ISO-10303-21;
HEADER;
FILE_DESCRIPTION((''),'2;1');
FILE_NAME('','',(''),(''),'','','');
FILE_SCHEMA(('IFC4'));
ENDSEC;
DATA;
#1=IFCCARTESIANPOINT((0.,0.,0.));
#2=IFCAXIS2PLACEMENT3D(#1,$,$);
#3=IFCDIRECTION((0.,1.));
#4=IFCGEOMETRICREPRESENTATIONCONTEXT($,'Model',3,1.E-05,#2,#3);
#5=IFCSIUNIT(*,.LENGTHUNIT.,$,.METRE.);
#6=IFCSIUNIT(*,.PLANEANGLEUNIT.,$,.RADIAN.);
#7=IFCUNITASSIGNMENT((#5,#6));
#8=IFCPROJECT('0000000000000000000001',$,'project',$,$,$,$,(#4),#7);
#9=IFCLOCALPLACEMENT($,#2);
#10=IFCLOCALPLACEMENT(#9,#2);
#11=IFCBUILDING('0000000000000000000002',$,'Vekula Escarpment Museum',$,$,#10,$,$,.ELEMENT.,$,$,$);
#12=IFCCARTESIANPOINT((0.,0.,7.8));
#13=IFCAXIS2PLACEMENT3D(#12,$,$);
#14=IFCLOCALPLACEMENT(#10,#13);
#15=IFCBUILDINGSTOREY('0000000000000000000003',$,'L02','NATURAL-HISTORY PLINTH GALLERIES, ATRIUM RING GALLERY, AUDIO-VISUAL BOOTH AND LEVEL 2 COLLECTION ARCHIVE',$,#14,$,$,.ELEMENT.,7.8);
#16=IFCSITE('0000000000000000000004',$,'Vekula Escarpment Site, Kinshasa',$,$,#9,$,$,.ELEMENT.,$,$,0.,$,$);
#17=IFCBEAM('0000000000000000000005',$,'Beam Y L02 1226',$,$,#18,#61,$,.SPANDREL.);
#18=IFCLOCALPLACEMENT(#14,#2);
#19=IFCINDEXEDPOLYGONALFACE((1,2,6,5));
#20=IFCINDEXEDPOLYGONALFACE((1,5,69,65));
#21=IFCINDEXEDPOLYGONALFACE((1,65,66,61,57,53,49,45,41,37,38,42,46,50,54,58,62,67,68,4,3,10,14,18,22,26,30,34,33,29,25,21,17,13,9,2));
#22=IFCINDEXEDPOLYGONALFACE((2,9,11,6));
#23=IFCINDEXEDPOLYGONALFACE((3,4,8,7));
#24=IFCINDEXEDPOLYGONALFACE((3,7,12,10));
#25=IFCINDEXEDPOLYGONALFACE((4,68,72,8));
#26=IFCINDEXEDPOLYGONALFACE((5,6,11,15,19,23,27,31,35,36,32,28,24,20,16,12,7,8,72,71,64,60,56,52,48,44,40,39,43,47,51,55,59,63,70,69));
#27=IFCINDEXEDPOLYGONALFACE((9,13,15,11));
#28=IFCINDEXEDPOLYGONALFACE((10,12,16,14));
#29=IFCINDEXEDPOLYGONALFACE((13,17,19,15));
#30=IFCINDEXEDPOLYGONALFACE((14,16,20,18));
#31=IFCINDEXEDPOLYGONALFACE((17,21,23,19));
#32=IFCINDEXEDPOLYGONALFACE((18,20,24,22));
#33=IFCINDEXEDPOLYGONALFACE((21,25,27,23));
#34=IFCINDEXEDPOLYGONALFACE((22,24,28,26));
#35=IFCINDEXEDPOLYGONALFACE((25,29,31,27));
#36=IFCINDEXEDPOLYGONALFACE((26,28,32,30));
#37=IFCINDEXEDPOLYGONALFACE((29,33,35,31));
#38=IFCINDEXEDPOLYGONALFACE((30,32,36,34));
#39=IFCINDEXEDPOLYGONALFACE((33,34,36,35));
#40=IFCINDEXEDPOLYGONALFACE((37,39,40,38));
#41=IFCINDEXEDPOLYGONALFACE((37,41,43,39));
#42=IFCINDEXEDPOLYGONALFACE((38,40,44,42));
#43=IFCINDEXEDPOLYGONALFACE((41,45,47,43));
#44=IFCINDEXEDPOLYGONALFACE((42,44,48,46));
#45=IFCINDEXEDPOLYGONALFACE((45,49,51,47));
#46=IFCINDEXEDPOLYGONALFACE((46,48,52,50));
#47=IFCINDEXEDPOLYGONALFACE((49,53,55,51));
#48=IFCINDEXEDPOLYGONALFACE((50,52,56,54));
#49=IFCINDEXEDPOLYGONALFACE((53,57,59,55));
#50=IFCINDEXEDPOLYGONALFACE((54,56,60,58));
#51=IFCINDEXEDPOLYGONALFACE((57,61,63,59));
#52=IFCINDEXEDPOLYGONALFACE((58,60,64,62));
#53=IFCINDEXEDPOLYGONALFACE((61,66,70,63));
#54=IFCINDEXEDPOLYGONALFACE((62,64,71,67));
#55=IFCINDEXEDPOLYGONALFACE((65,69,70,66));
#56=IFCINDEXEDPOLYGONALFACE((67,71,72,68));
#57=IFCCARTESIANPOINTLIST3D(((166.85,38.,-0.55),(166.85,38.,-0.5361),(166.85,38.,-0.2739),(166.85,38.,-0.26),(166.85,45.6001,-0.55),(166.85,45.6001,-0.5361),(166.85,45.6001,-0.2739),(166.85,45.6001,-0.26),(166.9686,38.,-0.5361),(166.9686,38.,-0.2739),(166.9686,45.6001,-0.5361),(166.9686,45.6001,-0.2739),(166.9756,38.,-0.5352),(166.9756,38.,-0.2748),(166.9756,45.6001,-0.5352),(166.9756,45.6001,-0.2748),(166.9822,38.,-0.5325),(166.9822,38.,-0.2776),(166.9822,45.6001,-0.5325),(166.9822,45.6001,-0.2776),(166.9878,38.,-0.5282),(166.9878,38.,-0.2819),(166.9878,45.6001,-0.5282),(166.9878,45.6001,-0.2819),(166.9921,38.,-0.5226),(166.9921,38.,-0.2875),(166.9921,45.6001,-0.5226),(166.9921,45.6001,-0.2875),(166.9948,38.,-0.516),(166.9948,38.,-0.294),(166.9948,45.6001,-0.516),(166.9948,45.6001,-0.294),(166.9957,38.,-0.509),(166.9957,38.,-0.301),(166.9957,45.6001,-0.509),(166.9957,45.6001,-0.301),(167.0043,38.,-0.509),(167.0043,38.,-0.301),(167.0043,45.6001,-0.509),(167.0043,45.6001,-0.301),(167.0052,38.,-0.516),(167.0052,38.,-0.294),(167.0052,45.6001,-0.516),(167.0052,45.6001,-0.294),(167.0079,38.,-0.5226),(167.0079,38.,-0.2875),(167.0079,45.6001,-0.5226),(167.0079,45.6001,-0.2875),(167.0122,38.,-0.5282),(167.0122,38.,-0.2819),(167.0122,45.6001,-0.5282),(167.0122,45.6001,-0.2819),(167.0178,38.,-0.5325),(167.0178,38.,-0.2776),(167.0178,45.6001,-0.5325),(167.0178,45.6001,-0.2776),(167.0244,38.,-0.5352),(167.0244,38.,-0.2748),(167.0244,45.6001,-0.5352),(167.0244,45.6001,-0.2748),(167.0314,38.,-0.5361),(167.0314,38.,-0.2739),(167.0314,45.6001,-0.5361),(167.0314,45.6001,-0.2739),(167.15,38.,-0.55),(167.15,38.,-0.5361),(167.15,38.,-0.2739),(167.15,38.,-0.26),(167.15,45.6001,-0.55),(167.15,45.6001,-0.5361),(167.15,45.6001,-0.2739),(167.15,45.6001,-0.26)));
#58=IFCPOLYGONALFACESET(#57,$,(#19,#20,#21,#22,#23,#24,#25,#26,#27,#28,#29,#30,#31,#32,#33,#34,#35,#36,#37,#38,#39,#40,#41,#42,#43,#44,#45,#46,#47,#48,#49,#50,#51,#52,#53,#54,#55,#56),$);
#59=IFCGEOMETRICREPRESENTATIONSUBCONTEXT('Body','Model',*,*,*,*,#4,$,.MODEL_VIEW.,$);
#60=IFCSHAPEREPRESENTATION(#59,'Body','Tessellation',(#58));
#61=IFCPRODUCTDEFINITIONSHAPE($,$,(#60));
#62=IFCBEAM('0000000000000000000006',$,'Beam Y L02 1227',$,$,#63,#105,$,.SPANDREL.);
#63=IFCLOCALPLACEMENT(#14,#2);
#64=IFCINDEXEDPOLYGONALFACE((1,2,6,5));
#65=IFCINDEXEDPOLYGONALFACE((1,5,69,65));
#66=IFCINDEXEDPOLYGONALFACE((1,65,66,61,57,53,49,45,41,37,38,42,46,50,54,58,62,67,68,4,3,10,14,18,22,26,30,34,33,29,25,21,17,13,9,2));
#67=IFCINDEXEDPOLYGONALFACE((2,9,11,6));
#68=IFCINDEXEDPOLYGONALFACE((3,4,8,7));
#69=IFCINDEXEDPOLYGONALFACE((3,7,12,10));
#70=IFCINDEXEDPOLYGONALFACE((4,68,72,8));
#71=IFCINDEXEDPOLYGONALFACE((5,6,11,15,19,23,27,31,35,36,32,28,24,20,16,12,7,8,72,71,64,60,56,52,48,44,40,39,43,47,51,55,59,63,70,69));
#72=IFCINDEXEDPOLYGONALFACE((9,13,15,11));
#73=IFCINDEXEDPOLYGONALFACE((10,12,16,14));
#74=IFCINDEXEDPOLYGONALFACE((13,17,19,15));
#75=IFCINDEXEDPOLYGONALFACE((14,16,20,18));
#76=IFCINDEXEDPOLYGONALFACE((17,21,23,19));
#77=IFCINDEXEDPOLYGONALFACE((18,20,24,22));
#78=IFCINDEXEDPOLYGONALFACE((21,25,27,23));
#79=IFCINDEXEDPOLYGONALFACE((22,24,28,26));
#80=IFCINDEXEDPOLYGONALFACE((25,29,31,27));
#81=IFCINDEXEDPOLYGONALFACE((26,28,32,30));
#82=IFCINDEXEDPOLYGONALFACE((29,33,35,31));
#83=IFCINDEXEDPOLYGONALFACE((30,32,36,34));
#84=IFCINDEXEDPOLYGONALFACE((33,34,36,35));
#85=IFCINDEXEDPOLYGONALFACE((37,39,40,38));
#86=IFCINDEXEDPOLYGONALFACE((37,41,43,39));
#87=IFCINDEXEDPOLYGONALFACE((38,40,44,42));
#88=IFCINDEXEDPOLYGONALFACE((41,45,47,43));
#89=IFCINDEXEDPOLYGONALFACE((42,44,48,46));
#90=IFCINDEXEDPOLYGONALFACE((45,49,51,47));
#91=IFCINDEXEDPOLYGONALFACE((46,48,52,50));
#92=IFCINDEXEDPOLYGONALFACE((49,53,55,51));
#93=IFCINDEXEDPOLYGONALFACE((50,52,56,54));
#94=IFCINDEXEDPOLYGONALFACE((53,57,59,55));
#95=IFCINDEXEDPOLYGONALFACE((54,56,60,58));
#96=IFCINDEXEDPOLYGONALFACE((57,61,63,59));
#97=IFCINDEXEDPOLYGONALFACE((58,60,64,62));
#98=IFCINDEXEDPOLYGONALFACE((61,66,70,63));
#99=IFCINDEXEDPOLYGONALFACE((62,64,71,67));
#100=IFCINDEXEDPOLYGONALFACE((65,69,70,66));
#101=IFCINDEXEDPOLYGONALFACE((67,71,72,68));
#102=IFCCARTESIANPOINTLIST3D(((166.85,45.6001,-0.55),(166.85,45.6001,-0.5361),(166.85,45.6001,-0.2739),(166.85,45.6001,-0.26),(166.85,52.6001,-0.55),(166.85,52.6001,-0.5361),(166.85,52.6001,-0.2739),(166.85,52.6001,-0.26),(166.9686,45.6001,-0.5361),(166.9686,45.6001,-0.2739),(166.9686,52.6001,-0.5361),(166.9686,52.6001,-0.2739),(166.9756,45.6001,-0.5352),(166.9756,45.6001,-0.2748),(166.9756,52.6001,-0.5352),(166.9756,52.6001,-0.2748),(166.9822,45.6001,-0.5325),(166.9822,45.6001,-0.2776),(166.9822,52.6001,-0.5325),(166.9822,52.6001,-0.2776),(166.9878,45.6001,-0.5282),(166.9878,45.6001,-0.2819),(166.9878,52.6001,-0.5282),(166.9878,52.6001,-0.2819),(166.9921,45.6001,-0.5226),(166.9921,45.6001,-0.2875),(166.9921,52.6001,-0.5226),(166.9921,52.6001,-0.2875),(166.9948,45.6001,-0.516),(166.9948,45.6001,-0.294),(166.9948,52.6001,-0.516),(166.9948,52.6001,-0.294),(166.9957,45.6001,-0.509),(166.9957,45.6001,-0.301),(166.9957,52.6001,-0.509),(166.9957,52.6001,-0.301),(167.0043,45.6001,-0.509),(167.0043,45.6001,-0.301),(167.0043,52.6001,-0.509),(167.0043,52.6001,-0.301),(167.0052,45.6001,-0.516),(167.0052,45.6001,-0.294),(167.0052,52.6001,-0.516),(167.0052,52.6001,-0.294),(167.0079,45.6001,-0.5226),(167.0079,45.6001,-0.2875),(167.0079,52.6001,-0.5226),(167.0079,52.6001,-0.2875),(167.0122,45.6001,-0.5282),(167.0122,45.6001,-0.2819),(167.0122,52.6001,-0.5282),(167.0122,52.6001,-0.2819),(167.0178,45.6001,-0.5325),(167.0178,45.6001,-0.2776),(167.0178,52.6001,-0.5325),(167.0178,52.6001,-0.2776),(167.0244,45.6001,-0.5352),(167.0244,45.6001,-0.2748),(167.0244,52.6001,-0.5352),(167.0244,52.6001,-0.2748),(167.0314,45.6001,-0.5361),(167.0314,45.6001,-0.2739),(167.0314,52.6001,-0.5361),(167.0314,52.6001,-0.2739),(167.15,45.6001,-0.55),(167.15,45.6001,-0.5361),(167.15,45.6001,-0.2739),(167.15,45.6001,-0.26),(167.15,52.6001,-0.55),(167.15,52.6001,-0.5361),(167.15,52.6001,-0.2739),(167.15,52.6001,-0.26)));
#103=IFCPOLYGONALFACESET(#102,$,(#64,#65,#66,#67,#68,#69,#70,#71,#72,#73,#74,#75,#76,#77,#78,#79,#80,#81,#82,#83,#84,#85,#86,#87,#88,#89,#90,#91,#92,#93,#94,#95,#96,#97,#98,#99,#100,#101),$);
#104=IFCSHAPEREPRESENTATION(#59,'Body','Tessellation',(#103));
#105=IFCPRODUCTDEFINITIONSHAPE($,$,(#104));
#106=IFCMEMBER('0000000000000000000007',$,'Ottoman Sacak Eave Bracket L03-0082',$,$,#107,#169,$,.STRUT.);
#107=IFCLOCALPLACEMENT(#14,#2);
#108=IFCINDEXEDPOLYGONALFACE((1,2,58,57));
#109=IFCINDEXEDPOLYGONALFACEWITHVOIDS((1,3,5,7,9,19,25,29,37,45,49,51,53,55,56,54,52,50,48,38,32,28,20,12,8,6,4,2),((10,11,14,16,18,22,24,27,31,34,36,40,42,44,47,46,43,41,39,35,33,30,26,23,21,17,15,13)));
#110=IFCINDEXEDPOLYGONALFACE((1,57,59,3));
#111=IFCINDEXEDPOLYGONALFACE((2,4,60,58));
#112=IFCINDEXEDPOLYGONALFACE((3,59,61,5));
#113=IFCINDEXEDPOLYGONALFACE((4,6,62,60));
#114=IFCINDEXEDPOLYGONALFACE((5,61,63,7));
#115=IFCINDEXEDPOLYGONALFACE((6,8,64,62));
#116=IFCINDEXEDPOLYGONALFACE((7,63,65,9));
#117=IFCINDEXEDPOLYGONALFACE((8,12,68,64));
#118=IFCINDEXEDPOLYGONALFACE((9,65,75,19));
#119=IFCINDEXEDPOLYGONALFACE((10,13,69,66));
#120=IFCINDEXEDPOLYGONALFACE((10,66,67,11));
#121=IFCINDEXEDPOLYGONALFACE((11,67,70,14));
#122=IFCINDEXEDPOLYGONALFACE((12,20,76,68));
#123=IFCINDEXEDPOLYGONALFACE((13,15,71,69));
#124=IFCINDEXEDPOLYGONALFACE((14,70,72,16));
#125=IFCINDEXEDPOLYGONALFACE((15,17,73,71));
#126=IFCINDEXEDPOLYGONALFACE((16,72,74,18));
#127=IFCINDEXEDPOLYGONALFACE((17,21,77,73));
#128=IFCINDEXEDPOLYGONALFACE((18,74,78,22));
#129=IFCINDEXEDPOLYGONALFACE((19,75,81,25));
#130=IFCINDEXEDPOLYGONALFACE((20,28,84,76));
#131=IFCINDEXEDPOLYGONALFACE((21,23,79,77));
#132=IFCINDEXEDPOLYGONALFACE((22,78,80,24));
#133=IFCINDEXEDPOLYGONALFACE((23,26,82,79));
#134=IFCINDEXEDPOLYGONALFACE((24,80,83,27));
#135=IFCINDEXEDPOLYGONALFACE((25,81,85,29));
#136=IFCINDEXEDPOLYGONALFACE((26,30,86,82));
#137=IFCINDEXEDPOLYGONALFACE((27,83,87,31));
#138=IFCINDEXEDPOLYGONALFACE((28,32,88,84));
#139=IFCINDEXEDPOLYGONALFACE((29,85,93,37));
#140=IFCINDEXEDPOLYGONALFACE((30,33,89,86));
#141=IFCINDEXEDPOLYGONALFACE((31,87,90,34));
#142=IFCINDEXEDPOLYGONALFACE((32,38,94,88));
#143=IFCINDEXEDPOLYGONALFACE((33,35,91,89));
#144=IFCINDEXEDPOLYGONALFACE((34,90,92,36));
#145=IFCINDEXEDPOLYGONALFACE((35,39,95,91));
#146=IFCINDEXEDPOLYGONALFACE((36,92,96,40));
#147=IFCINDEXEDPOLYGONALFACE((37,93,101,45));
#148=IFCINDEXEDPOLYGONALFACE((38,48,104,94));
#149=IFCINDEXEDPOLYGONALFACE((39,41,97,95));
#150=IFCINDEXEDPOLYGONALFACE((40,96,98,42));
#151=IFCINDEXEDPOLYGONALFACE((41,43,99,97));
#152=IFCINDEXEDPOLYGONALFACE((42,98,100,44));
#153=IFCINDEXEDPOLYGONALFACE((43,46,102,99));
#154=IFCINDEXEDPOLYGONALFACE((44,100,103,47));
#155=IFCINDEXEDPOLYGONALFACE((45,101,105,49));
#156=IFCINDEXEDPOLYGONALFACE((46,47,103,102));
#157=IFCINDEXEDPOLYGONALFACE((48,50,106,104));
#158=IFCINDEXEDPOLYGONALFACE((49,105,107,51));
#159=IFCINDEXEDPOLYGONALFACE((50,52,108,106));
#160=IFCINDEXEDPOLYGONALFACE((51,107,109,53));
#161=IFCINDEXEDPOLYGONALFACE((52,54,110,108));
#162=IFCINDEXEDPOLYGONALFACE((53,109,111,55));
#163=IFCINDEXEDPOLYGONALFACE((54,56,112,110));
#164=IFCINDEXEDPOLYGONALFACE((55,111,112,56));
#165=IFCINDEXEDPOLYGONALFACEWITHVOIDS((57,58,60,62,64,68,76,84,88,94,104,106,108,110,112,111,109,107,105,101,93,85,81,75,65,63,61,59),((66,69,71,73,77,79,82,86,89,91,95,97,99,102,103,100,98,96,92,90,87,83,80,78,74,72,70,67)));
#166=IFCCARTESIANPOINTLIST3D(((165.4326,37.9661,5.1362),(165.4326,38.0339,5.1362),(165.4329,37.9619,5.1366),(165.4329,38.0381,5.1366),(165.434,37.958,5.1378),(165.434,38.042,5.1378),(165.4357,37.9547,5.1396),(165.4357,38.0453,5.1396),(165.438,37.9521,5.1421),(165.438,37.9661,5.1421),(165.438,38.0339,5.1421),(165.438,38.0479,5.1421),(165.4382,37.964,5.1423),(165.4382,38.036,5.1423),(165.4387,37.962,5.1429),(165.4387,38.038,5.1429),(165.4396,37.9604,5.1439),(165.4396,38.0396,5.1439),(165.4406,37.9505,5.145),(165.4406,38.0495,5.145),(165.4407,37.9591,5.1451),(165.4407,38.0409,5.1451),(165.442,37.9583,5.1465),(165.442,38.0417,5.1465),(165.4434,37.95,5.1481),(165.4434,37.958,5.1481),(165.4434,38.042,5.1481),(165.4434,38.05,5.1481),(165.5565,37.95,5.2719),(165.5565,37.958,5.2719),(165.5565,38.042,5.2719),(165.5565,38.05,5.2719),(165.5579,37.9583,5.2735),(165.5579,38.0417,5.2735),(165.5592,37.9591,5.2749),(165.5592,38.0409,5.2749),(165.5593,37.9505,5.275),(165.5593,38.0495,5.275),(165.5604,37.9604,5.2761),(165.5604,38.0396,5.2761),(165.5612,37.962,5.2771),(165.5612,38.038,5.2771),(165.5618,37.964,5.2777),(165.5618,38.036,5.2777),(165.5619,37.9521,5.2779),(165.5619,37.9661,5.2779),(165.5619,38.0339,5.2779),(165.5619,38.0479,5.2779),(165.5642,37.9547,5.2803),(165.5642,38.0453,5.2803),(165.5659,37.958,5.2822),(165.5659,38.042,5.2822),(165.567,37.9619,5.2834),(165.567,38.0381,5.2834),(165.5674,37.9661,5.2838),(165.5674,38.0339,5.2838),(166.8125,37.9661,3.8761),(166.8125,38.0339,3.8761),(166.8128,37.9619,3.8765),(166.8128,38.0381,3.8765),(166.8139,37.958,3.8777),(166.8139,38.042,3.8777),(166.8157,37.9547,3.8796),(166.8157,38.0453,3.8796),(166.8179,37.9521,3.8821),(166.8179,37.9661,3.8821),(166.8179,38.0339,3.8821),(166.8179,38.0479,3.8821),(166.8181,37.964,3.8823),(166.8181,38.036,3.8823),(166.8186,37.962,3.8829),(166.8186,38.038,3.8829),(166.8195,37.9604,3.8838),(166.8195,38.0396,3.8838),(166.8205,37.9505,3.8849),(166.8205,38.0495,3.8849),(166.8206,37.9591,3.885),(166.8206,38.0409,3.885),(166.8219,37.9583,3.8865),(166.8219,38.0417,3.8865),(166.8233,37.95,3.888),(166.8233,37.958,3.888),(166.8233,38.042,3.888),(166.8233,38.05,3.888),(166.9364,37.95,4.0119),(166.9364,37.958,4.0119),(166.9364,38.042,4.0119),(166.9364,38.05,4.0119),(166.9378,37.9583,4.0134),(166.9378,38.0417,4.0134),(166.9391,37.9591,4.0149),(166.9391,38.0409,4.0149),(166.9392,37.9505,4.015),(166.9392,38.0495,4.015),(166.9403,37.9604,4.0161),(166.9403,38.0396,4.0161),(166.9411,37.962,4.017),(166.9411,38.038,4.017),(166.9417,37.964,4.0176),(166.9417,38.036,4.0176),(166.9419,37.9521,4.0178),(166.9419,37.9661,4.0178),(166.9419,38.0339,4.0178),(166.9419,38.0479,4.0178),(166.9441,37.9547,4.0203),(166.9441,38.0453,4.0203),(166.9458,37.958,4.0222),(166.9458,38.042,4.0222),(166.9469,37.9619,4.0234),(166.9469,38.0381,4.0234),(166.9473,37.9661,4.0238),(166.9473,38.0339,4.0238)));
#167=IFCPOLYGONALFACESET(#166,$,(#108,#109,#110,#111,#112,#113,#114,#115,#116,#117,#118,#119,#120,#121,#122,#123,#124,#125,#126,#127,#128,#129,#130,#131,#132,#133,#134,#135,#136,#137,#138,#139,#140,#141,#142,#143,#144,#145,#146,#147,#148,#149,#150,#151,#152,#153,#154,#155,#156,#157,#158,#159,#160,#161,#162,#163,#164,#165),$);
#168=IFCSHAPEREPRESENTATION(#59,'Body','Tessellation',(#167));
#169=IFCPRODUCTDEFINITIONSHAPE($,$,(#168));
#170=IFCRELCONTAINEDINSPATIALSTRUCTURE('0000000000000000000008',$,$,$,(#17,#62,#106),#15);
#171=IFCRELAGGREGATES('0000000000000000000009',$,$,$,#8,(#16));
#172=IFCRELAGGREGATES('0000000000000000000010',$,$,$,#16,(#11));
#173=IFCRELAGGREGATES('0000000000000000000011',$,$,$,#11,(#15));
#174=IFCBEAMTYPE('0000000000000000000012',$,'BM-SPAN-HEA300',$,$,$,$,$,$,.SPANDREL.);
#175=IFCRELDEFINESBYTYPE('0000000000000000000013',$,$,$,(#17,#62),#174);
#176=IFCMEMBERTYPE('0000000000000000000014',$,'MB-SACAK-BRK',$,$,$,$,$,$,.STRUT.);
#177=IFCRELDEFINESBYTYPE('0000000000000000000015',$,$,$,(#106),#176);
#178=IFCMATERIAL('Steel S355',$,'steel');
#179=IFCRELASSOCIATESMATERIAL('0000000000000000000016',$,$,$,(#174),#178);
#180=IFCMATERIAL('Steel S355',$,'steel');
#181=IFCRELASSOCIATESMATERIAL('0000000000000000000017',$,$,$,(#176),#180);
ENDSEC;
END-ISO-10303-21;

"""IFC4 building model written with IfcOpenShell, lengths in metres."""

from ifc_helpers import new_model, si_unit, direction, frame, origin, origin_2d, place, context, subcontext, project, spatial, hollow_rectangle, i_section, extrude, material, material_profile, profile_set, type_object, element, save


model = new_model("IFC4")

# Units and contexts
model_context = context("Model", 3, precision=1e-05, world=origin(), true_north=direction((0.0, 1.0)))
body_context = subcontext(model_context, "Body", "Model", "MODEL_VIEW")
ifc_project = project(units=[si_unit("LENGTHUNIT", "METRE"), si_unit("PLANEANGLEUNIT", "RADIAN")], contexts=[model_context])

# Site, building, storey
site_placement = place(None, origin())
site = spatial("IfcSite", under=ifc_project, at=site_placement, Name="Vekula Escarpment Site, Kinshasa", CompositionType="ELEMENT", RefElevation=0.0)
building_placement = place(site_placement, origin())
building = spatial("IfcBuilding", under=site, at=building_placement, Name="Vekula Escarpment Museum", CompositionType="ELEMENT")
storey_placement = place(building_placement, frame((0.0, 0.0, 7.8)))
storey = spatial("IfcBuildingStorey", under=building, at=storey_placement, Name="L02", Description="NATURAL-HISTORY PLINTH GALLERIES, ATRIUM RING GALLERY, AUDIO-VISUAL BOOTH AND LEVEL 2 COLLECTION ARCHIVE", CompositionType="ELEMENT", Elevation=7.8)

# Beams
ifc_material_1 = material(Name="Steel S355", Category="steel")
ifc_material_profile_1 = material_profile(ifc_material_1, i_section(OverallWidth=0.3, OverallDepth=0.29, WebThickness=0.0085, FlangeThickness=0.0139, FilletRadius=0.0271, at=origin_2d()), Name="HEA 300")
ifc_profile_set_1 = profile_set([ifc_material_profile_1], Name="Steel S355")
beam_type_1 = type_object("IfcBeamType", Name="BM-SPAN-HEA300", PredefinedType="SPANDREL", material=ifc_profile_set_1)
for number, where, z_axis, x_axis, name in (
    (1, (167.0, 38.0, -0.405), (0.0, 1.0, 0.0), (-1.0, 0.0, 0.0), "Beam Y L02 1226"),
):
    element("IfcBeam", number, at=place(storey_placement, frame(where, z_axis=z_axis, x_axis=x_axis)), inside=storey, type_object=beam_type_1, Name=name, PredefinedType="SPANDREL", context=body_context, shape_type="SweptSolid", body=[
        extrude(i_section(OverallWidth=0.3, OverallDepth=0.29, WebThickness=0.0085, FlangeThickness=0.0139, FilletRadius=0.0271, at=origin_2d()), origin(), (0.0, 0.0, 1.0), 7.6001),
    ])
beam_placement = place(storey_placement, frame((167.0, 45.6001, -0.405), z_axis=(0.0, 1.0, 0.0), x_axis=(-1.0, 0.0, 0.0)))
element("IfcBeam", 2, at=beam_placement, inside=storey, type_object=beam_type_1, Name="Beam Y L02 1227", PredefinedType="SPANDREL", context=body_context, shape_type="SweptSolid", body=[
    extrude(i_section(OverallWidth=0.3, OverallDepth=0.29, WebThickness=0.0085, FlangeThickness=0.0139, FilletRadius=0.0271, at=origin_2d()), origin(), (0.0, 0.0, 1.0), 7.0),
])

# Member
ifc_material_2 = material(Name="Steel S355", Category="steel")
ifc_material_profile_2 = material_profile(ifc_material_2, hollow_rectangle(XDim=0.1001, YDim=0.2, WallThickness=0.0081, InnerFilletRadius=0.0081, OuterFilletRadius=0.0161, at=origin_2d()), Name="RHS 200x100x8")
ifc_profile_set_2 = profile_set([ifc_material_profile_2], Name="Steel S355")
member_type = type_object("IfcMemberType", Name="MB-SACAK-BRK", PredefinedType="STRUT", material=ifc_profile_set_2)
for number, where, z_axis, x_axis, name in (
    (3, (166.8799, 38.0, 3.95), (-0.738454, 0.0, 0.674303), (0.0, -1.0, 0.0), "Ottoman Sacak Eave Bracket L03-0082"),
):
    element("IfcMember", number, at=place(storey_placement, frame(where, z_axis=z_axis, x_axis=x_axis)), inside=storey, type_object=member_type, Name=name, PredefinedType="STRUT", context=body_context, shape_type="SweptSolid", body=[
        extrude(hollow_rectangle(XDim=0.1001, YDim=0.2, WallThickness=0.0081, InnerFilletRadius=0.0081, OuterFilletRadius=0.0161, at=origin_2d()), origin(), (0.0, 0.0, 1.0), 1.8687),
    ])

save(model, "model.ifc")
